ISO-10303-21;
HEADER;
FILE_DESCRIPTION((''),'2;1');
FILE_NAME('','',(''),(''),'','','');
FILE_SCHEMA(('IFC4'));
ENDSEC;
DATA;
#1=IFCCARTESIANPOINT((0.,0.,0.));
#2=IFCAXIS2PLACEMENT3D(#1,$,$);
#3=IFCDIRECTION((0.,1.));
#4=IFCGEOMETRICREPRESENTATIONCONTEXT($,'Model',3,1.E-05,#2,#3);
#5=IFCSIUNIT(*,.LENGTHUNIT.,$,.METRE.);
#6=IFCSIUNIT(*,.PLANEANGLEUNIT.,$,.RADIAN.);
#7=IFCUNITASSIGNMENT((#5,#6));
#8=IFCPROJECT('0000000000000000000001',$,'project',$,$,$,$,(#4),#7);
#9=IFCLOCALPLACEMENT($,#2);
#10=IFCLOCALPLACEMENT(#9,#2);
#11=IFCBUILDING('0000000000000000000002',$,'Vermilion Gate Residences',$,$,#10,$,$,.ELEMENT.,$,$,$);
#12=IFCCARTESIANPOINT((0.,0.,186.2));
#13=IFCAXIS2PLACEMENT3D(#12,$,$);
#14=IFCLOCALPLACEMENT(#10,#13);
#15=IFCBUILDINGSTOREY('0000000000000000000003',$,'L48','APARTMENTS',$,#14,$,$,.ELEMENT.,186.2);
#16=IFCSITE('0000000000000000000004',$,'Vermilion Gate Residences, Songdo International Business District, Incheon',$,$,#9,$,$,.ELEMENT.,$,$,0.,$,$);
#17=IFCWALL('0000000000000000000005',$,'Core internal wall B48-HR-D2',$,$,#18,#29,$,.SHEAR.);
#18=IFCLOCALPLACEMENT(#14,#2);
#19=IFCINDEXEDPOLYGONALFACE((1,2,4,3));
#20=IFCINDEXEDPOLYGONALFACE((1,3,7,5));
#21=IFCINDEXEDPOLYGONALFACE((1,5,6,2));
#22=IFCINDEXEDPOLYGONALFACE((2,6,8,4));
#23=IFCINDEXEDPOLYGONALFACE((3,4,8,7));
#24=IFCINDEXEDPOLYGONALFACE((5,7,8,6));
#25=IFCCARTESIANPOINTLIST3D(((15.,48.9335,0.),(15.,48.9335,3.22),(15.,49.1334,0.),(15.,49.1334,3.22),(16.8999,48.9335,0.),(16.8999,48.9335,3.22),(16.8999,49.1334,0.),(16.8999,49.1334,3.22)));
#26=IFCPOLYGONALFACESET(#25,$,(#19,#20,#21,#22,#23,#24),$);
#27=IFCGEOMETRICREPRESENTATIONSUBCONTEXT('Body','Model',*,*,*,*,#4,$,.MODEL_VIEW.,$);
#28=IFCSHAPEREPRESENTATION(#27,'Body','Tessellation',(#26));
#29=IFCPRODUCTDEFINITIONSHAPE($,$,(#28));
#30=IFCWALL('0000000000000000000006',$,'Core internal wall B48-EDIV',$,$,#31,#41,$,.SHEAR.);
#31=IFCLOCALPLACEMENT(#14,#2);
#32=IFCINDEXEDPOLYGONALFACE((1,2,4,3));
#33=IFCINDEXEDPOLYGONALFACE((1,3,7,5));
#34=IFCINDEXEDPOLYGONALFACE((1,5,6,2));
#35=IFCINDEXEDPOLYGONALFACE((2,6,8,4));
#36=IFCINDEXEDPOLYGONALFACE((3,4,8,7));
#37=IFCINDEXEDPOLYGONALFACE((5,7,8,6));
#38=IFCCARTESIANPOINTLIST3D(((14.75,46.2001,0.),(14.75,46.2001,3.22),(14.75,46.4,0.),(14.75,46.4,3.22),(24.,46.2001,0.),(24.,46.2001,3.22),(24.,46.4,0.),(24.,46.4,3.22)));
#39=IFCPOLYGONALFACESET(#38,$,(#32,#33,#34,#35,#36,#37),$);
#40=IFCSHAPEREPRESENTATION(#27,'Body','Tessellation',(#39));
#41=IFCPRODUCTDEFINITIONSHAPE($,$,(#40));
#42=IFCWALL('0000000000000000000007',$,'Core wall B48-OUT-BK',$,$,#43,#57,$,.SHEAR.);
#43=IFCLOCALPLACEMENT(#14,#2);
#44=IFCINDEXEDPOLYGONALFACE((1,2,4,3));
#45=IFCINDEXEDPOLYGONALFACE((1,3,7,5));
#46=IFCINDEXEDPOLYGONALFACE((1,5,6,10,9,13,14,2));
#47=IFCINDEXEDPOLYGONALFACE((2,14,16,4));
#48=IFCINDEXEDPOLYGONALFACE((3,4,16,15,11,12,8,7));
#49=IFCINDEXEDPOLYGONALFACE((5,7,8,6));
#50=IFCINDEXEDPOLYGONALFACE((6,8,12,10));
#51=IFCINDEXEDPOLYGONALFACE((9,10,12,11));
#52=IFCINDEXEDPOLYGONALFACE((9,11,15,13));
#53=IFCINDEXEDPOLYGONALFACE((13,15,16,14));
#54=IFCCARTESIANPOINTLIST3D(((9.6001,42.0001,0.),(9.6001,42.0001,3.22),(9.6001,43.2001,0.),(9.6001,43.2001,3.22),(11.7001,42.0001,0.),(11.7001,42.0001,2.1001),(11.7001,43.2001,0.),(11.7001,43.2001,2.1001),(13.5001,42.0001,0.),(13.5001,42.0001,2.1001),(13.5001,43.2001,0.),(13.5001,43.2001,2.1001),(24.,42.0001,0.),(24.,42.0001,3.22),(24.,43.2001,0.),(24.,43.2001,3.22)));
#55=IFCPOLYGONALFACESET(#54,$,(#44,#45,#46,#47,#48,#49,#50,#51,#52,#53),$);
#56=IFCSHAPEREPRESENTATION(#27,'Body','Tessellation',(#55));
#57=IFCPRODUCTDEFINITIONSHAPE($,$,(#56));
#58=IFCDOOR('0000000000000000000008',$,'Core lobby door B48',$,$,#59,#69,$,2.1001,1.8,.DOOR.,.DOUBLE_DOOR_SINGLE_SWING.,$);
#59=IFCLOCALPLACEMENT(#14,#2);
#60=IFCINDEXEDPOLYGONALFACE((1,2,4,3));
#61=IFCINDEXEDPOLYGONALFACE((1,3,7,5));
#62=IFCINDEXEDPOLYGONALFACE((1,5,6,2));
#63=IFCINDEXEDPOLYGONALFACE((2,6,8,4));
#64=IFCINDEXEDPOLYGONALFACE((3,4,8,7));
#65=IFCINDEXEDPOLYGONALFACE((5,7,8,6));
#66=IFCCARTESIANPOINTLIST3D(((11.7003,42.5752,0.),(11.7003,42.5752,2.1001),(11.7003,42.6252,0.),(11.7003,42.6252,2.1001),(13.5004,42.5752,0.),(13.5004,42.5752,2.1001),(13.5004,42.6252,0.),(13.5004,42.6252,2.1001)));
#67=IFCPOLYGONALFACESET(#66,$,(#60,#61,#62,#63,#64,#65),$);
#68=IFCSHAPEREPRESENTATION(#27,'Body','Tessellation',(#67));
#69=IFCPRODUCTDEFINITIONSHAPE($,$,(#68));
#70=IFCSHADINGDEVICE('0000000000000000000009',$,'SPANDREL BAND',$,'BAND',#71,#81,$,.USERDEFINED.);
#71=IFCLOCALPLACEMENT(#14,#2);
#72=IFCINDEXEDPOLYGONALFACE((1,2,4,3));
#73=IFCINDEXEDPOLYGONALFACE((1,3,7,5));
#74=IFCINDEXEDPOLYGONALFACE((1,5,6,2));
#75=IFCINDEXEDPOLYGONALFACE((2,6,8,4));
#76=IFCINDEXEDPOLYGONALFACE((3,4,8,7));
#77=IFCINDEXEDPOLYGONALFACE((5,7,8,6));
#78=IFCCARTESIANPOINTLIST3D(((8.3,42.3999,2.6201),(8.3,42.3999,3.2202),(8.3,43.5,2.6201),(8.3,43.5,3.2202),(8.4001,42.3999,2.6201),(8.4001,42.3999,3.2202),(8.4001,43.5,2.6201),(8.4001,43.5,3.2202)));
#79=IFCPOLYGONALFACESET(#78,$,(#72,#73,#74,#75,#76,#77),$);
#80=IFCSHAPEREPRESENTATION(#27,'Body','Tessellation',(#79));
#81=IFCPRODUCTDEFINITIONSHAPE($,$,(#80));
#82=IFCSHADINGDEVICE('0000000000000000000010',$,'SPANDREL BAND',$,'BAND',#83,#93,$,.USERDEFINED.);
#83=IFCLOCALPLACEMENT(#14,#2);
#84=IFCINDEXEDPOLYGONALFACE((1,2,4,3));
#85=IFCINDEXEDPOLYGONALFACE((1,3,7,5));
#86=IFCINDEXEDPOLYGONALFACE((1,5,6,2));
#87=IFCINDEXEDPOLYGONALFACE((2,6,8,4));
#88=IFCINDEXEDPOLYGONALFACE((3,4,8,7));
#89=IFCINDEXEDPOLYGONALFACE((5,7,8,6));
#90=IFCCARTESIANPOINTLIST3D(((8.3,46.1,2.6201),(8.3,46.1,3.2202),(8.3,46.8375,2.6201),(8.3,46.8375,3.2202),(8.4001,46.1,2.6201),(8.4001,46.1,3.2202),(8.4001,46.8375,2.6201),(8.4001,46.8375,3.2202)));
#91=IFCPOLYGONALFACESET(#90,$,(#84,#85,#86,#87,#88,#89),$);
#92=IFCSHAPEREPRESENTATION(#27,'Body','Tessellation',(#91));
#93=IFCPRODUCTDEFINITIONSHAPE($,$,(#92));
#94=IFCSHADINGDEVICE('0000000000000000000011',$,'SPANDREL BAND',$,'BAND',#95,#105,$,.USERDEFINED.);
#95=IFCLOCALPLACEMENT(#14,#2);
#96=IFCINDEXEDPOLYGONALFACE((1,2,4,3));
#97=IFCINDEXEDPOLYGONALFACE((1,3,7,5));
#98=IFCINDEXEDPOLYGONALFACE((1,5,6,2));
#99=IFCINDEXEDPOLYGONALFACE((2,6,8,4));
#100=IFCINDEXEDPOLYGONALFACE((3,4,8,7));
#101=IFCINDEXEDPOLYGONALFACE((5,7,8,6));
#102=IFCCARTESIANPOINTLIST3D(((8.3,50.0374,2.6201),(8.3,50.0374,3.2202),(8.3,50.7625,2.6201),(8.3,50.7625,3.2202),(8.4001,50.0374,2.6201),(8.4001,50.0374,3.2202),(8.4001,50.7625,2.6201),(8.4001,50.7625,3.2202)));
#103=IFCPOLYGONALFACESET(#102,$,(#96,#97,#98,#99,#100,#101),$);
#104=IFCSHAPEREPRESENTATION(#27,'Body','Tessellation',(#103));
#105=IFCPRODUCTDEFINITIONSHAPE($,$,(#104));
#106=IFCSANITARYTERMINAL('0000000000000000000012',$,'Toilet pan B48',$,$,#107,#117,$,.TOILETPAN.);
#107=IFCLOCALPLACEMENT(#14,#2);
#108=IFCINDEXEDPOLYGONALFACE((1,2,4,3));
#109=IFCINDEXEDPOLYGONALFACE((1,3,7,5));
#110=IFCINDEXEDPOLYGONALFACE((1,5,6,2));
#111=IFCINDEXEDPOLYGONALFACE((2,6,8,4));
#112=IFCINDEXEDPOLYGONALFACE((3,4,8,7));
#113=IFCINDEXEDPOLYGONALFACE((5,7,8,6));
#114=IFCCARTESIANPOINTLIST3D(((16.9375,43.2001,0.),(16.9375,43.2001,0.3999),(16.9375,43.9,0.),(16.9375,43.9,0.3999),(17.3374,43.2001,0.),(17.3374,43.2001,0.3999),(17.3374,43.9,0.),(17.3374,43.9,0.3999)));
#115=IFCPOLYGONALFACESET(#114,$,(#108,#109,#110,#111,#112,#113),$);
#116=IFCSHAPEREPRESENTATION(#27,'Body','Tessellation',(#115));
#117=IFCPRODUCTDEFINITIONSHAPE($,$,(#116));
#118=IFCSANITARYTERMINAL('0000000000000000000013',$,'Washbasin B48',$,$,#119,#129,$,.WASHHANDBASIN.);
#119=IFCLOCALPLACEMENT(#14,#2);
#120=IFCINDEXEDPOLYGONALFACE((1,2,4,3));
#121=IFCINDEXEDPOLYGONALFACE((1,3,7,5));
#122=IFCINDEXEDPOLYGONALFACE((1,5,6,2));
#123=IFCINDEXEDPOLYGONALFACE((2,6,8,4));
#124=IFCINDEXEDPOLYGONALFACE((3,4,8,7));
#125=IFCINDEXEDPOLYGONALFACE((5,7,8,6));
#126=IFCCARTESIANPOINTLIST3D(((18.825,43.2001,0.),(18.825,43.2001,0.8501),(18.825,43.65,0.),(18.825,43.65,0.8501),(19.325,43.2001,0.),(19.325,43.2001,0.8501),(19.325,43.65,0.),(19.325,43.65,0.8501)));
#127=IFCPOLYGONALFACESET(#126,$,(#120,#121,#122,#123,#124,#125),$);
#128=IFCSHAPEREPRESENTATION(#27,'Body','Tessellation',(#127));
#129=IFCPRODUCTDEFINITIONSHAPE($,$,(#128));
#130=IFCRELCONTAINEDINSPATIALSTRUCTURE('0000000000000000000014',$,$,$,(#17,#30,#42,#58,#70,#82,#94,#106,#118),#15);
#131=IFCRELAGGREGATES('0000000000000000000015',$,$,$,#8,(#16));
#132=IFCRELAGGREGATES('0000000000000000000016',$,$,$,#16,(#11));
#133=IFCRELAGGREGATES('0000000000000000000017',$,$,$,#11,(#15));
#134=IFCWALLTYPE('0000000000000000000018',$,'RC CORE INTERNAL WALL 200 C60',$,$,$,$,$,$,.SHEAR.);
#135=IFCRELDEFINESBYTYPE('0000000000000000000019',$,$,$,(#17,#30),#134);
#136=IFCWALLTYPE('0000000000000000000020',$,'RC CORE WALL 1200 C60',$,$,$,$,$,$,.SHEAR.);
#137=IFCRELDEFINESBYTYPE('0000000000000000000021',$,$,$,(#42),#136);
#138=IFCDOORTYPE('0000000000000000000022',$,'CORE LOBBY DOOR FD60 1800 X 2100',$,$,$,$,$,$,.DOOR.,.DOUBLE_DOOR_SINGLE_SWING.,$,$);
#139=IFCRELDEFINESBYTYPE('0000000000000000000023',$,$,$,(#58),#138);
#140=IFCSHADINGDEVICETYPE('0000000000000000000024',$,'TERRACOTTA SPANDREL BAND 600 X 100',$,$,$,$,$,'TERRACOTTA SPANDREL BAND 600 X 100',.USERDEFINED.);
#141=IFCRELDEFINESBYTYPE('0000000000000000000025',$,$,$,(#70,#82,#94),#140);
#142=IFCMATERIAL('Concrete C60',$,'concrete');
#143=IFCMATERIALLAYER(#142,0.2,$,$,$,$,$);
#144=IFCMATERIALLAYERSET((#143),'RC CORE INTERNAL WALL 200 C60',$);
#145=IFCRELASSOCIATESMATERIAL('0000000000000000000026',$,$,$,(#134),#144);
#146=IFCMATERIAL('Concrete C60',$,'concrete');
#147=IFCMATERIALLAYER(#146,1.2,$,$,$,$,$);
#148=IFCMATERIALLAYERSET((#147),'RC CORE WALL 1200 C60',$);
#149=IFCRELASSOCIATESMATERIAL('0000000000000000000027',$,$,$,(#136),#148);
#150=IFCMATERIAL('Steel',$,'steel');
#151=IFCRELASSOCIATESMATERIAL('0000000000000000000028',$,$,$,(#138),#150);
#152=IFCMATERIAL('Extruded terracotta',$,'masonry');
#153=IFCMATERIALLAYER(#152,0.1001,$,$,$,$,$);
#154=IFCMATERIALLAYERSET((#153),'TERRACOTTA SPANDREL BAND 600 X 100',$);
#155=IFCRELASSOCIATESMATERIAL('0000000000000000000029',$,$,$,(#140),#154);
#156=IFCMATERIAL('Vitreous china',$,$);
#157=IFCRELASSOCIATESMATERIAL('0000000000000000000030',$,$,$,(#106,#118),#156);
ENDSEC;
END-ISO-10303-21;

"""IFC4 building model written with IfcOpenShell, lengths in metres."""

from ifc_helpers import new_model, si_unit, direction, frame, frame_2d, origin, origin_2d, place, context, subcontext, project, spatial, rectangle, extrude, material, layer, layer_set, type_object, element, fill, save


model = new_model("IFC4")

# Units and contexts
model_context = context("Model", 3, precision=1e-05, world=origin(), true_north=direction((0.0, 1.0)))
body_context = subcontext(model_context, "Body", "Model", "MODEL_VIEW")
ifc_project = project(units=[si_unit("LENGTHUNIT", "METRE"), si_unit("PLANEANGLEUNIT", "RADIAN")], contexts=[model_context])

# Site, building, storey
site_placement = place(None, origin())
site = spatial("IfcSite", under=ifc_project, at=site_placement, Name="Vermilion Gate Residences, Songdo International Business District, Incheon", CompositionType="ELEMENT", RefElevation=0.0)
building_placement = place(site_placement, origin())
building = spatial("IfcBuilding", under=site, at=building_placement, Name="Vermilion Gate Residences", CompositionType="ELEMENT")
storey_placement = place(building_placement, frame((0.0, 0.0, 186.2)))
storey = spatial("IfcBuildingStorey", under=building, at=storey_placement, Name="L48", Description="APARTMENTS", CompositionType="ELEMENT", Elevation=186.2)

# Walls
ifc_material_1 = material(Name="Concrete C60", Category="concrete")
ifc_layer_1 = layer(ifc_material_1, 0.2)
ifc_layer_set_1 = layer_set([ifc_layer_1], Name="RC CORE INTERNAL WALL 200 C60")
wall_type_1 = type_object("IfcWallType", Name="RC CORE INTERNAL WALL 200 C60", PredefinedType="SHEAR", material=ifc_layer_set_1)
for number, where, z_axis, x_axis, name in (
    (1, (15.0, 49.0334, 0.0), (0.0, 0.0, 1.0), (1.0, 0.0, 0.0), "Core internal wall B48-HR-D2"),
):
    element("IfcWall", number, at=place(storey_placement, frame(where, z_axis=z_axis, x_axis=x_axis)), inside=storey, type_object=wall_type_1, Name=name, PredefinedType="SHEAR", context=body_context, shape_type="SweptSolid", body=[
        extrude(rectangle(XDim=1.8999, YDim=0.2, at=frame_2d((0.95, 0.0))), origin(), (0.0, 0.0, 1.0), 3.22),
    ])
wall_1_placement = place(storey_placement, frame((14.75, 46.3, 0.0), z_axis=(0.0, 0.0, 1.0), x_axis=(1.0, 0.0, 0.0)))
element("IfcWall", 2, at=wall_1_placement, inside=storey, type_object=wall_type_1, Name="Core internal wall B48-EDIV", PredefinedType="SHEAR", context=body_context, shape_type="SweptSolid", body=[
    extrude(rectangle(XDim=9.25, YDim=0.2, at=frame_2d((4.625, 0.0))), origin(), (0.0, 0.0, 1.0), 3.22),
])

# Wall, opening, door
ifc_material_2 = material(Name="Concrete C60", Category="concrete")
ifc_layer_2 = layer(ifc_material_2, 1.2)
ifc_layer_set_2 = layer_set([ifc_layer_2], Name="RC CORE WALL 1200 C60")
wall_type_2 = type_object("IfcWallType", Name="RC CORE WALL 1200 C60", PredefinedType="SHEAR", material=ifc_layer_set_2)
wall_2_placement = place(storey_placement, frame((9.6001, 42.6001, 0.0), z_axis=(0.0, 0.0, 1.0), x_axis=(1.0, 0.0, 0.0)))
wall_2 = element("IfcWall", 3, at=wall_2_placement, inside=storey, type_object=wall_type_2, Name="Core wall B48-OUT-BK", PredefinedType="SHEAR", context=body_context, shape_type="SweptSolid", body=[
    extrude(rectangle(XDim=14.3999, YDim=1.2, at=frame_2d((7.2, 0.0))), origin(), (0.0, 0.0, 1.0), 3.22),
])
opening_1_placement = place(wall_2_placement, frame((2.1001, 0.0, 0.0)))
opening_1 = element("IfcOpeningElement", 4, at=opening_1_placement, cuts=wall_2, PredefinedType="OPENING", context=body_context, shape_type="SweptSolid", body=[
    extrude(rectangle(XDim=1.8, YDim=2.1001, at=frame_2d((0.8999, 1.05))), frame((0.0, 0.6099, 0.0), z_axis=(0.0, -1.0, 0.0), x_axis=(1.0, 0.0, 0.0)), (0.0, 0.0, 1.0), 1.22),
])
ifc_material_3 = material(Name="Steel", Category="steel")
door_type_1 = type_object("IfcDoorType", Name="CORE LOBBY DOOR FD60 1800 X 2100", OperationType="DOUBLE_DOOR_SINGLE_SWING", PredefinedType="DOOR", material=ifc_material_3)
door_1_placement = place(opening_1_placement, frame((1.8, 0.0, 0.0), z_axis=(0.0, 0.0, 1.0), x_axis=(-1.0, 0.0, 0.0)))
door_1 = element("IfcDoor", 5, at=door_1_placement, inside=storey, type_object=door_type_1, Name="Core lobby door B48", OperationType="DOUBLE_DOOR_SINGLE_SWING", OverallHeight=2.1001, OverallWidth=1.8, PredefinedType="DOOR", context=body_context, shape_type="SweptSolid", body=[
    extrude(rectangle(XDim=1.8, YDim=2.1001, at=frame_2d((0.8999, 1.05))), frame((0.0, 0.0249, 0.0), z_axis=(0.0, -1.0, 0.0), x_axis=(1.0, 0.0, 0.0)), (0.0, 0.0, 1.0), 0.05),
])
fill(opening_1, door_1)

# Shading devices
ifc_material_4 = material(Name="Extruded terracotta", Category="masonry")
ifc_layer_3 = layer(ifc_material_4, 0.1001)
ifc_layer_set_3 = layer_set([ifc_layer_3], Name="TERRACOTTA SPANDREL BAND 600 X 100")
shading_device_type = type_object("IfcShadingDeviceType", Name="TERRACOTTA SPANDREL BAND 600 X 100", ElementType="TERRACOTTA SPANDREL BAND 600 X 100", PredefinedType="USERDEFINED", material=ifc_layer_set_3)
shading_device_1_placement = place(storey_placement, frame((8.3501, 42.95, 2.6201), z_axis=(0.0, 0.0, 1.0), x_axis=(0.0, 1.0, 0.0)))
element("IfcShadingDevice", 6, at=shading_device_1_placement, inside=storey, type_object=shading_device_type, Name="SPANDREL BAND", ObjectType="BAND", PredefinedType="USERDEFINED", context=body_context, shape_type="SweptSolid", body=[
    extrude(rectangle(XDim=1.1001, YDim=0.1001, at=origin_2d()), origin(), (0.0, 0.0, 1.0), 0.6001),
])
shading_device_2_placement = place(storey_placement, frame((8.3501, 46.4688, 2.6201), z_axis=(0.0, 0.0, 1.0), x_axis=(0.0, 1.0, 0.0)))
element("IfcShadingDevice", 7, at=shading_device_2_placement, inside=storey, type_object=shading_device_type, Name="SPANDREL BAND", ObjectType="BAND", PredefinedType="USERDEFINED", context=body_context, shape_type="SweptSolid", body=[
    extrude(rectangle(XDim=0.7375, YDim=0.1001, at=origin_2d()), origin(), (0.0, 0.0, 1.0), 0.6001),
])
shading_device_3_placement = place(storey_placement, frame((8.3501, 50.3999, 2.6201), z_axis=(0.0, 0.0, 1.0), x_axis=(0.0, 1.0, 0.0)))
element("IfcShadingDevice", 8, at=shading_device_3_placement, inside=storey, type_object=shading_device_type, Name="SPANDREL BAND", ObjectType="BAND", PredefinedType="USERDEFINED", context=body_context, shape_type="SweptSolid", body=[
    extrude(rectangle(XDim=0.7251, YDim=0.1001, at=origin_2d()), origin(), (0.0, 0.0, 1.0), 0.6001),
])

# Sanitary terminals
ifc_material_5 = material(Name="Vitreous china")
sanitary_terminal_1_placement = place(storey_placement, frame((17.1375, 43.55, 0.0), z_axis=(0.0, 0.0, 1.0), x_axis=(1.0, 0.0, 0.0)))
element("IfcSanitaryTerminal", 9, at=sanitary_terminal_1_placement, inside=storey, material=ifc_material_5, Name="Toilet pan B48", PredefinedType="TOILETPAN", context=body_context, shape_type="SweptSolid", body=[
    extrude(rectangle(XDim=0.3999, YDim=0.7, at=origin_2d()), origin(), (0.0, 0.0, 1.0), 0.3999),
])
sanitary_terminal_2_placement = place(storey_placement, frame((19.075, 43.425, 0.0), z_axis=(0.0, 0.0, 1.0), x_axis=(1.0, 0.0, 0.0)))
element("IfcSanitaryTerminal", 10, at=sanitary_terminal_2_placement, inside=storey, material=ifc_material_5, Name="Washbasin B48", PredefinedType="WASHHANDBASIN", context=body_context, shape_type="SweptSolid", body=[
    extrude(rectangle(XDim=0.5, YDim=0.45, at=origin_2d()), origin(), (0.0, 0.0, 1.0), 0.8501),
])

save(model, "model.ifc")
